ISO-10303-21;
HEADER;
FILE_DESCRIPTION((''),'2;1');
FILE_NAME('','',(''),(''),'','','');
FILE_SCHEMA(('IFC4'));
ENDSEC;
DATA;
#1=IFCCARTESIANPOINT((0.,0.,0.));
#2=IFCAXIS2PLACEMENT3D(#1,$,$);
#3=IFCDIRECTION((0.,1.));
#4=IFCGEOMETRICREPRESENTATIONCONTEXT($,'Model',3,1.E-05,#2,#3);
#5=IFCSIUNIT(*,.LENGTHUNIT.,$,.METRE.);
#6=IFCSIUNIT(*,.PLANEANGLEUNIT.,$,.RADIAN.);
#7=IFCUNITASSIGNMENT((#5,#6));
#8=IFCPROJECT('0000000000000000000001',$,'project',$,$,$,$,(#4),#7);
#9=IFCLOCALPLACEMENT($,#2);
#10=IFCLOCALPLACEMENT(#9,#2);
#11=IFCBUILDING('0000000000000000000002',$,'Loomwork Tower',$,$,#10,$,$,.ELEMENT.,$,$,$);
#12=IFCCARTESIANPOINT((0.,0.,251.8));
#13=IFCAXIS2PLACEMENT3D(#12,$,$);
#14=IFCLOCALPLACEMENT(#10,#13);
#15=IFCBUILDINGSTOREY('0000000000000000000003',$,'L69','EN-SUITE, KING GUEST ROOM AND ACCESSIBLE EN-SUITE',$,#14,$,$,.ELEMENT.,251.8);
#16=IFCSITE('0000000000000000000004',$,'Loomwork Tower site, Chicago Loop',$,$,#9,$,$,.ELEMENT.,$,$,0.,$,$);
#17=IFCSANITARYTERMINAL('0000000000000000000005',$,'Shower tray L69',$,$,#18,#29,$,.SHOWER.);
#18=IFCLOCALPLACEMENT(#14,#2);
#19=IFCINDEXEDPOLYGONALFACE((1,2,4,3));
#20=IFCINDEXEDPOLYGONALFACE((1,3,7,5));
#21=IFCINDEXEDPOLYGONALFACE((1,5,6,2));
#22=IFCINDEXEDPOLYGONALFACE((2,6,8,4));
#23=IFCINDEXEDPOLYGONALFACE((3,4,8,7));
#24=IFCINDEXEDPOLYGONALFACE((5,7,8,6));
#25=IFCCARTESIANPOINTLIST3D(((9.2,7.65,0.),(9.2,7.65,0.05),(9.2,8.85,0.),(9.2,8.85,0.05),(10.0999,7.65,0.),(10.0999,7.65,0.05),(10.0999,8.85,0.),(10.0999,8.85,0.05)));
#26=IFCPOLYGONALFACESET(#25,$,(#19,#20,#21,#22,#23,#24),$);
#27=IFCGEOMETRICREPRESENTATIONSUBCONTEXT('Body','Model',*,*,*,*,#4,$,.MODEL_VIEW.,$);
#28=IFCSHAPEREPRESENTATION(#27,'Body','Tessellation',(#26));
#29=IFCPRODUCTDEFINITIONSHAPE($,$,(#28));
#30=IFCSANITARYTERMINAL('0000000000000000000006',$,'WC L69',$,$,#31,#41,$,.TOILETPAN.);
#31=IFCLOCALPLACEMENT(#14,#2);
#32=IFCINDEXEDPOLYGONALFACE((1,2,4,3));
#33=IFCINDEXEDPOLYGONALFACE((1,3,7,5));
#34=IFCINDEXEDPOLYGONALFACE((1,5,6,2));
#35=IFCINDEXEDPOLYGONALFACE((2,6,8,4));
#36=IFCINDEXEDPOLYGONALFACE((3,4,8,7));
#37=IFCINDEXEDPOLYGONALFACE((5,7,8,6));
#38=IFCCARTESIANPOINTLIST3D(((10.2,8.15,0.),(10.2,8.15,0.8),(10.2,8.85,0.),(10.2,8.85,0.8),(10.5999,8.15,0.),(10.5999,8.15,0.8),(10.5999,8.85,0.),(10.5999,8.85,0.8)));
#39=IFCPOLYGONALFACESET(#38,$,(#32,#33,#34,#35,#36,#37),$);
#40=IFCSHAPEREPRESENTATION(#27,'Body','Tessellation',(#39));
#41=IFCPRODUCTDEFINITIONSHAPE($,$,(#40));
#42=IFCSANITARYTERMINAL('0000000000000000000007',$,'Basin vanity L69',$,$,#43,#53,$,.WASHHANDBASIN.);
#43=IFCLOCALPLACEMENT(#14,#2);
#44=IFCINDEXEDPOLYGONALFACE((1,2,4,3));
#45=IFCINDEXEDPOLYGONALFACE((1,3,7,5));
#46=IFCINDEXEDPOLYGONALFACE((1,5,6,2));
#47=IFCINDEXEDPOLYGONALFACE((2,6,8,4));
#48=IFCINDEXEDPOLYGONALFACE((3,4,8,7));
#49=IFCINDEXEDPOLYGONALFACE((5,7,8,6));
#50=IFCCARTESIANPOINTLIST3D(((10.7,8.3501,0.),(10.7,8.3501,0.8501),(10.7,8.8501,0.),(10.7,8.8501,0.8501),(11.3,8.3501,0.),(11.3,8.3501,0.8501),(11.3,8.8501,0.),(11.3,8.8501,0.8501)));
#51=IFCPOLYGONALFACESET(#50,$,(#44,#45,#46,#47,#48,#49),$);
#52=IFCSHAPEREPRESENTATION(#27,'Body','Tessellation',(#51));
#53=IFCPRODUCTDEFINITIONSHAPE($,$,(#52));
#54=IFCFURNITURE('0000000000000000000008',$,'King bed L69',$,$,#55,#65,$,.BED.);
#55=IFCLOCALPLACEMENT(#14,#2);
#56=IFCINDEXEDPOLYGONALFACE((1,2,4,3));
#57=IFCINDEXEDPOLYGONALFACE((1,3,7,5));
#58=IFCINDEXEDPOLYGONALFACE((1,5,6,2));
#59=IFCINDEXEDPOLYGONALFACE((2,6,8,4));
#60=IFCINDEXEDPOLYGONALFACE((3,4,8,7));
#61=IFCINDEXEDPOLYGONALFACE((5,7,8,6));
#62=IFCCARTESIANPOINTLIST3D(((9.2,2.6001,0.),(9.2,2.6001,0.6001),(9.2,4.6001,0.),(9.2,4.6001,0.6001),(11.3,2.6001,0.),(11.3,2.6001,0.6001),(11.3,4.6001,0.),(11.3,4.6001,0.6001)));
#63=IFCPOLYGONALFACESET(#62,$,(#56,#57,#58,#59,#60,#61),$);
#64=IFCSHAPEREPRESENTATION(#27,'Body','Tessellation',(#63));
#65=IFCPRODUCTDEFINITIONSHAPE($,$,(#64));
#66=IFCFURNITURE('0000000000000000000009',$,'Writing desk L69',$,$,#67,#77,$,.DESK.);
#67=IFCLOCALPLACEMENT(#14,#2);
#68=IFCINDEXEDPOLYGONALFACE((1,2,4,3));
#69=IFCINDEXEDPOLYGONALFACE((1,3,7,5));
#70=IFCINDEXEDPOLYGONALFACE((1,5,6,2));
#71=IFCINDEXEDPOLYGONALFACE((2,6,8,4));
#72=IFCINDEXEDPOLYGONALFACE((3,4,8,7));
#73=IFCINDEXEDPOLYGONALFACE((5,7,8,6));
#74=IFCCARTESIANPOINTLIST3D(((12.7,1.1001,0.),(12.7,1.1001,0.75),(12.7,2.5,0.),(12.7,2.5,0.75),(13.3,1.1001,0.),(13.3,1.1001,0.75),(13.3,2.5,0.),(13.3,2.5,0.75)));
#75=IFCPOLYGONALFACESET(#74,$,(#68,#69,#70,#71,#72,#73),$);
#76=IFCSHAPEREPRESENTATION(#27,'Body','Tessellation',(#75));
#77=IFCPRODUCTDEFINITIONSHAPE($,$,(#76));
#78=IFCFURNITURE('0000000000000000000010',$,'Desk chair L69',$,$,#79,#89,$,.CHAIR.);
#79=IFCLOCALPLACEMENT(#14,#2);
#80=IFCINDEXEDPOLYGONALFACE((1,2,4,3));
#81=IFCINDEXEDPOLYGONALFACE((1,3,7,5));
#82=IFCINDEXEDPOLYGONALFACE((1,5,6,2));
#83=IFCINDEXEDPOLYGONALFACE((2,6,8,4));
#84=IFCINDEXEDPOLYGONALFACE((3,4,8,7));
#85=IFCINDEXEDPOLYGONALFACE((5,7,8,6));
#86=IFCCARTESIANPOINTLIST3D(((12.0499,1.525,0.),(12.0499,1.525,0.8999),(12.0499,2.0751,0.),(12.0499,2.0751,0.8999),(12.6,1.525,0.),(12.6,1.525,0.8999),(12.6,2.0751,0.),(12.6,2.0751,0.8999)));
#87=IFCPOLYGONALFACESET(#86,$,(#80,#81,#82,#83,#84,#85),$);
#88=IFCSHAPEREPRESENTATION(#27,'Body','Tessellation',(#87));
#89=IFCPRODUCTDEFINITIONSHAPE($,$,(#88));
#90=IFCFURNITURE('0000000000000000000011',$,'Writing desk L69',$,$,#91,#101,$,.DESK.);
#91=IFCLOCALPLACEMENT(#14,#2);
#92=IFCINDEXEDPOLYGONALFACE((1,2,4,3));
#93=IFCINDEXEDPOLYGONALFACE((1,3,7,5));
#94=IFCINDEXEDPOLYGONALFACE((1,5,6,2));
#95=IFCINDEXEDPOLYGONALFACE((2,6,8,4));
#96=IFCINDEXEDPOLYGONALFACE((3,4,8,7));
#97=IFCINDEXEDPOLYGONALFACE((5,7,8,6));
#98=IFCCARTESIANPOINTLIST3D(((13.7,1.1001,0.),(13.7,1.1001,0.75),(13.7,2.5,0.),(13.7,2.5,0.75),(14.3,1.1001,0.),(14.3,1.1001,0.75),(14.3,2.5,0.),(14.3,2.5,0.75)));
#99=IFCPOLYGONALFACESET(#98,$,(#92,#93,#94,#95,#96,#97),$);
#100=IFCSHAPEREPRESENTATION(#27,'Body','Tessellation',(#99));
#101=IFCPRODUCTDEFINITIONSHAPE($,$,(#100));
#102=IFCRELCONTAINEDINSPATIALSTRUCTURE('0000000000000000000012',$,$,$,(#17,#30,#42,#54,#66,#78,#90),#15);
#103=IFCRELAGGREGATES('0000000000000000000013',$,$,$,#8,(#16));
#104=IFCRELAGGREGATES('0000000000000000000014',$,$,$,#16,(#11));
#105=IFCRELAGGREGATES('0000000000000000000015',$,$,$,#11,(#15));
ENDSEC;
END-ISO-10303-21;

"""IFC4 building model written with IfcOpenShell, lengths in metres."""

from ifc_helpers import new_model, si_unit, direction, frame, origin, origin_2d, place, context, subcontext, project, spatial, rectangle, extrude, element, save


model = new_model("IFC4")

# Units and contexts
model_context = context("Model", 3, precision=1e-05, world=origin(), true_north=direction((0.0, 1.0)))
body_context = subcontext(model_context, "Body", "Model", "MODEL_VIEW")
ifc_project = project(units=[si_unit("LENGTHUNIT", "METRE"), si_unit("PLANEANGLEUNIT", "RADIAN")], contexts=[model_context])

# Site, building, storey
site_placement = place(None, origin())
site = spatial("IfcSite", under=ifc_project, at=site_placement, Name="Loomwork Tower site, Chicago Loop", CompositionType="ELEMENT", RefElevation=0.0)
building_placement = place(site_placement, origin())
building = spatial("IfcBuilding", under=site, at=building_placement, Name="Loomwork Tower", CompositionType="ELEMENT")
storey_placement = place(building_placement, frame((0.0, 0.0, 251.8)))
storey = spatial("IfcBuildingStorey", under=building, at=storey_placement, Name="L69", Description="EN-SUITE, KING GUEST ROOM AND ACCESSIBLE EN-SUITE", CompositionType="ELEMENT", Elevation=251.8)

# Sanitary terminals
sanitary_terminal_1_placement = place(storey_placement, frame((9.6499, 8.25, 0.0), z_axis=(0.0, 0.0, 1.0), x_axis=(1.0, 0.0, 0.0)))
element("IfcSanitaryTerminal", 1, at=sanitary_terminal_1_placement, inside=storey, Name="Shower tray L69", PredefinedType="SHOWER", context=body_context, shape_type="SweptSolid", body=[
    extrude(rectangle(XDim=0.8999, YDim=1.2, at=origin_2d()), origin(), (0.0, 0.0, 1.0), 0.05),
])
sanitary_terminal_2_placement = place(storey_placement, frame((10.3999, 8.5, 0.0), z_axis=(0.0, 0.0, 1.0), x_axis=(1.0, 0.0, 0.0)))
element("IfcSanitaryTerminal", 2, at=sanitary_terminal_2_placement, inside=storey, Name="WC L69", PredefinedType="TOILETPAN", context=body_context, shape_type="SweptSolid", body=[
    extrude(rectangle(XDim=0.3999, YDim=0.7, at=origin_2d()), origin(), (0.0, 0.0, 1.0), 0.8),
])
sanitary_terminal_3_placement = place(storey_placement, frame((11.0, 8.6001, 0.0), z_axis=(0.0, 0.0, 1.0), x_axis=(1.0, 0.0, 0.0)))
element("IfcSanitaryTerminal", 3, at=sanitary_terminal_3_placement, inside=storey, Name="Basin vanity L69", PredefinedType="WASHHANDBASIN", context=body_context, shape_type="SweptSolid", body=[
    extrude(rectangle(XDim=0.6001, YDim=0.5, at=origin_2d()), origin(), (0.0, 0.0, 1.0), 0.8501),
])

# Furniture
furniture_1_placement = place(storey_placement, frame((10.25, 3.6001, 0.0), z_axis=(0.0, 0.0, 1.0), x_axis=(1.0, 0.0, 0.0)))
element("IfcFurniture", 4, at=furniture_1_placement, inside=storey, Name="King bed L69", PredefinedType="BED", context=body_context, shape_type="SweptSolid", body=[
    extrude(rectangle(XDim=2.1001, YDim=2.0, at=origin_2d()), origin(), (0.0, 0.0, 1.0), 0.6001),
])
furniture_2_placement = place(storey_placement, frame((13.0, 1.8, 0.0), z_axis=(0.0, 0.0, 1.0), x_axis=(1.0, 0.0, 0.0)))
element("IfcFurniture", 5, at=furniture_2_placement, inside=storey, Name="Writing desk L69", PredefinedType="DESK", context=body_context, shape_type="SweptSolid", body=[
    extrude(rectangle(XDim=0.6001, YDim=1.3999, at=origin_2d()), origin(), (0.0, 0.0, 1.0), 0.75),
])
furniture_3_placement = place(storey_placement, frame((12.325, 1.8, 0.0), z_axis=(0.0, 0.0, 1.0), x_axis=(1.0, 0.0, 0.0)))
element("IfcFurniture", 6, at=furniture_3_placement, inside=storey, Name="Desk chair L69", PredefinedType="CHAIR", context=body_context, shape_type="SweptSolid", body=[
    extrude(rectangle(XDim=0.55, YDim=0.55, at=origin_2d()), origin(), (0.0, 0.0, 1.0), 0.8999),
])
furniture_4_placement = place(storey_placement, frame((14.0, 1.8, 0.0), z_axis=(0.0, 0.0, 1.0), x_axis=(1.0, 0.0, 0.0)))
element("IfcFurniture", 7, at=furniture_4_placement, inside=storey, Name="Writing desk L69", PredefinedType="DESK", context=body_context, shape_type="SweptSolid", body=[
    extrude(rectangle(XDim=0.6001, YDim=1.3999, at=origin_2d()), origin(), (0.0, 0.0, 1.0), 0.75),
])

save(model, "model.ifc")
